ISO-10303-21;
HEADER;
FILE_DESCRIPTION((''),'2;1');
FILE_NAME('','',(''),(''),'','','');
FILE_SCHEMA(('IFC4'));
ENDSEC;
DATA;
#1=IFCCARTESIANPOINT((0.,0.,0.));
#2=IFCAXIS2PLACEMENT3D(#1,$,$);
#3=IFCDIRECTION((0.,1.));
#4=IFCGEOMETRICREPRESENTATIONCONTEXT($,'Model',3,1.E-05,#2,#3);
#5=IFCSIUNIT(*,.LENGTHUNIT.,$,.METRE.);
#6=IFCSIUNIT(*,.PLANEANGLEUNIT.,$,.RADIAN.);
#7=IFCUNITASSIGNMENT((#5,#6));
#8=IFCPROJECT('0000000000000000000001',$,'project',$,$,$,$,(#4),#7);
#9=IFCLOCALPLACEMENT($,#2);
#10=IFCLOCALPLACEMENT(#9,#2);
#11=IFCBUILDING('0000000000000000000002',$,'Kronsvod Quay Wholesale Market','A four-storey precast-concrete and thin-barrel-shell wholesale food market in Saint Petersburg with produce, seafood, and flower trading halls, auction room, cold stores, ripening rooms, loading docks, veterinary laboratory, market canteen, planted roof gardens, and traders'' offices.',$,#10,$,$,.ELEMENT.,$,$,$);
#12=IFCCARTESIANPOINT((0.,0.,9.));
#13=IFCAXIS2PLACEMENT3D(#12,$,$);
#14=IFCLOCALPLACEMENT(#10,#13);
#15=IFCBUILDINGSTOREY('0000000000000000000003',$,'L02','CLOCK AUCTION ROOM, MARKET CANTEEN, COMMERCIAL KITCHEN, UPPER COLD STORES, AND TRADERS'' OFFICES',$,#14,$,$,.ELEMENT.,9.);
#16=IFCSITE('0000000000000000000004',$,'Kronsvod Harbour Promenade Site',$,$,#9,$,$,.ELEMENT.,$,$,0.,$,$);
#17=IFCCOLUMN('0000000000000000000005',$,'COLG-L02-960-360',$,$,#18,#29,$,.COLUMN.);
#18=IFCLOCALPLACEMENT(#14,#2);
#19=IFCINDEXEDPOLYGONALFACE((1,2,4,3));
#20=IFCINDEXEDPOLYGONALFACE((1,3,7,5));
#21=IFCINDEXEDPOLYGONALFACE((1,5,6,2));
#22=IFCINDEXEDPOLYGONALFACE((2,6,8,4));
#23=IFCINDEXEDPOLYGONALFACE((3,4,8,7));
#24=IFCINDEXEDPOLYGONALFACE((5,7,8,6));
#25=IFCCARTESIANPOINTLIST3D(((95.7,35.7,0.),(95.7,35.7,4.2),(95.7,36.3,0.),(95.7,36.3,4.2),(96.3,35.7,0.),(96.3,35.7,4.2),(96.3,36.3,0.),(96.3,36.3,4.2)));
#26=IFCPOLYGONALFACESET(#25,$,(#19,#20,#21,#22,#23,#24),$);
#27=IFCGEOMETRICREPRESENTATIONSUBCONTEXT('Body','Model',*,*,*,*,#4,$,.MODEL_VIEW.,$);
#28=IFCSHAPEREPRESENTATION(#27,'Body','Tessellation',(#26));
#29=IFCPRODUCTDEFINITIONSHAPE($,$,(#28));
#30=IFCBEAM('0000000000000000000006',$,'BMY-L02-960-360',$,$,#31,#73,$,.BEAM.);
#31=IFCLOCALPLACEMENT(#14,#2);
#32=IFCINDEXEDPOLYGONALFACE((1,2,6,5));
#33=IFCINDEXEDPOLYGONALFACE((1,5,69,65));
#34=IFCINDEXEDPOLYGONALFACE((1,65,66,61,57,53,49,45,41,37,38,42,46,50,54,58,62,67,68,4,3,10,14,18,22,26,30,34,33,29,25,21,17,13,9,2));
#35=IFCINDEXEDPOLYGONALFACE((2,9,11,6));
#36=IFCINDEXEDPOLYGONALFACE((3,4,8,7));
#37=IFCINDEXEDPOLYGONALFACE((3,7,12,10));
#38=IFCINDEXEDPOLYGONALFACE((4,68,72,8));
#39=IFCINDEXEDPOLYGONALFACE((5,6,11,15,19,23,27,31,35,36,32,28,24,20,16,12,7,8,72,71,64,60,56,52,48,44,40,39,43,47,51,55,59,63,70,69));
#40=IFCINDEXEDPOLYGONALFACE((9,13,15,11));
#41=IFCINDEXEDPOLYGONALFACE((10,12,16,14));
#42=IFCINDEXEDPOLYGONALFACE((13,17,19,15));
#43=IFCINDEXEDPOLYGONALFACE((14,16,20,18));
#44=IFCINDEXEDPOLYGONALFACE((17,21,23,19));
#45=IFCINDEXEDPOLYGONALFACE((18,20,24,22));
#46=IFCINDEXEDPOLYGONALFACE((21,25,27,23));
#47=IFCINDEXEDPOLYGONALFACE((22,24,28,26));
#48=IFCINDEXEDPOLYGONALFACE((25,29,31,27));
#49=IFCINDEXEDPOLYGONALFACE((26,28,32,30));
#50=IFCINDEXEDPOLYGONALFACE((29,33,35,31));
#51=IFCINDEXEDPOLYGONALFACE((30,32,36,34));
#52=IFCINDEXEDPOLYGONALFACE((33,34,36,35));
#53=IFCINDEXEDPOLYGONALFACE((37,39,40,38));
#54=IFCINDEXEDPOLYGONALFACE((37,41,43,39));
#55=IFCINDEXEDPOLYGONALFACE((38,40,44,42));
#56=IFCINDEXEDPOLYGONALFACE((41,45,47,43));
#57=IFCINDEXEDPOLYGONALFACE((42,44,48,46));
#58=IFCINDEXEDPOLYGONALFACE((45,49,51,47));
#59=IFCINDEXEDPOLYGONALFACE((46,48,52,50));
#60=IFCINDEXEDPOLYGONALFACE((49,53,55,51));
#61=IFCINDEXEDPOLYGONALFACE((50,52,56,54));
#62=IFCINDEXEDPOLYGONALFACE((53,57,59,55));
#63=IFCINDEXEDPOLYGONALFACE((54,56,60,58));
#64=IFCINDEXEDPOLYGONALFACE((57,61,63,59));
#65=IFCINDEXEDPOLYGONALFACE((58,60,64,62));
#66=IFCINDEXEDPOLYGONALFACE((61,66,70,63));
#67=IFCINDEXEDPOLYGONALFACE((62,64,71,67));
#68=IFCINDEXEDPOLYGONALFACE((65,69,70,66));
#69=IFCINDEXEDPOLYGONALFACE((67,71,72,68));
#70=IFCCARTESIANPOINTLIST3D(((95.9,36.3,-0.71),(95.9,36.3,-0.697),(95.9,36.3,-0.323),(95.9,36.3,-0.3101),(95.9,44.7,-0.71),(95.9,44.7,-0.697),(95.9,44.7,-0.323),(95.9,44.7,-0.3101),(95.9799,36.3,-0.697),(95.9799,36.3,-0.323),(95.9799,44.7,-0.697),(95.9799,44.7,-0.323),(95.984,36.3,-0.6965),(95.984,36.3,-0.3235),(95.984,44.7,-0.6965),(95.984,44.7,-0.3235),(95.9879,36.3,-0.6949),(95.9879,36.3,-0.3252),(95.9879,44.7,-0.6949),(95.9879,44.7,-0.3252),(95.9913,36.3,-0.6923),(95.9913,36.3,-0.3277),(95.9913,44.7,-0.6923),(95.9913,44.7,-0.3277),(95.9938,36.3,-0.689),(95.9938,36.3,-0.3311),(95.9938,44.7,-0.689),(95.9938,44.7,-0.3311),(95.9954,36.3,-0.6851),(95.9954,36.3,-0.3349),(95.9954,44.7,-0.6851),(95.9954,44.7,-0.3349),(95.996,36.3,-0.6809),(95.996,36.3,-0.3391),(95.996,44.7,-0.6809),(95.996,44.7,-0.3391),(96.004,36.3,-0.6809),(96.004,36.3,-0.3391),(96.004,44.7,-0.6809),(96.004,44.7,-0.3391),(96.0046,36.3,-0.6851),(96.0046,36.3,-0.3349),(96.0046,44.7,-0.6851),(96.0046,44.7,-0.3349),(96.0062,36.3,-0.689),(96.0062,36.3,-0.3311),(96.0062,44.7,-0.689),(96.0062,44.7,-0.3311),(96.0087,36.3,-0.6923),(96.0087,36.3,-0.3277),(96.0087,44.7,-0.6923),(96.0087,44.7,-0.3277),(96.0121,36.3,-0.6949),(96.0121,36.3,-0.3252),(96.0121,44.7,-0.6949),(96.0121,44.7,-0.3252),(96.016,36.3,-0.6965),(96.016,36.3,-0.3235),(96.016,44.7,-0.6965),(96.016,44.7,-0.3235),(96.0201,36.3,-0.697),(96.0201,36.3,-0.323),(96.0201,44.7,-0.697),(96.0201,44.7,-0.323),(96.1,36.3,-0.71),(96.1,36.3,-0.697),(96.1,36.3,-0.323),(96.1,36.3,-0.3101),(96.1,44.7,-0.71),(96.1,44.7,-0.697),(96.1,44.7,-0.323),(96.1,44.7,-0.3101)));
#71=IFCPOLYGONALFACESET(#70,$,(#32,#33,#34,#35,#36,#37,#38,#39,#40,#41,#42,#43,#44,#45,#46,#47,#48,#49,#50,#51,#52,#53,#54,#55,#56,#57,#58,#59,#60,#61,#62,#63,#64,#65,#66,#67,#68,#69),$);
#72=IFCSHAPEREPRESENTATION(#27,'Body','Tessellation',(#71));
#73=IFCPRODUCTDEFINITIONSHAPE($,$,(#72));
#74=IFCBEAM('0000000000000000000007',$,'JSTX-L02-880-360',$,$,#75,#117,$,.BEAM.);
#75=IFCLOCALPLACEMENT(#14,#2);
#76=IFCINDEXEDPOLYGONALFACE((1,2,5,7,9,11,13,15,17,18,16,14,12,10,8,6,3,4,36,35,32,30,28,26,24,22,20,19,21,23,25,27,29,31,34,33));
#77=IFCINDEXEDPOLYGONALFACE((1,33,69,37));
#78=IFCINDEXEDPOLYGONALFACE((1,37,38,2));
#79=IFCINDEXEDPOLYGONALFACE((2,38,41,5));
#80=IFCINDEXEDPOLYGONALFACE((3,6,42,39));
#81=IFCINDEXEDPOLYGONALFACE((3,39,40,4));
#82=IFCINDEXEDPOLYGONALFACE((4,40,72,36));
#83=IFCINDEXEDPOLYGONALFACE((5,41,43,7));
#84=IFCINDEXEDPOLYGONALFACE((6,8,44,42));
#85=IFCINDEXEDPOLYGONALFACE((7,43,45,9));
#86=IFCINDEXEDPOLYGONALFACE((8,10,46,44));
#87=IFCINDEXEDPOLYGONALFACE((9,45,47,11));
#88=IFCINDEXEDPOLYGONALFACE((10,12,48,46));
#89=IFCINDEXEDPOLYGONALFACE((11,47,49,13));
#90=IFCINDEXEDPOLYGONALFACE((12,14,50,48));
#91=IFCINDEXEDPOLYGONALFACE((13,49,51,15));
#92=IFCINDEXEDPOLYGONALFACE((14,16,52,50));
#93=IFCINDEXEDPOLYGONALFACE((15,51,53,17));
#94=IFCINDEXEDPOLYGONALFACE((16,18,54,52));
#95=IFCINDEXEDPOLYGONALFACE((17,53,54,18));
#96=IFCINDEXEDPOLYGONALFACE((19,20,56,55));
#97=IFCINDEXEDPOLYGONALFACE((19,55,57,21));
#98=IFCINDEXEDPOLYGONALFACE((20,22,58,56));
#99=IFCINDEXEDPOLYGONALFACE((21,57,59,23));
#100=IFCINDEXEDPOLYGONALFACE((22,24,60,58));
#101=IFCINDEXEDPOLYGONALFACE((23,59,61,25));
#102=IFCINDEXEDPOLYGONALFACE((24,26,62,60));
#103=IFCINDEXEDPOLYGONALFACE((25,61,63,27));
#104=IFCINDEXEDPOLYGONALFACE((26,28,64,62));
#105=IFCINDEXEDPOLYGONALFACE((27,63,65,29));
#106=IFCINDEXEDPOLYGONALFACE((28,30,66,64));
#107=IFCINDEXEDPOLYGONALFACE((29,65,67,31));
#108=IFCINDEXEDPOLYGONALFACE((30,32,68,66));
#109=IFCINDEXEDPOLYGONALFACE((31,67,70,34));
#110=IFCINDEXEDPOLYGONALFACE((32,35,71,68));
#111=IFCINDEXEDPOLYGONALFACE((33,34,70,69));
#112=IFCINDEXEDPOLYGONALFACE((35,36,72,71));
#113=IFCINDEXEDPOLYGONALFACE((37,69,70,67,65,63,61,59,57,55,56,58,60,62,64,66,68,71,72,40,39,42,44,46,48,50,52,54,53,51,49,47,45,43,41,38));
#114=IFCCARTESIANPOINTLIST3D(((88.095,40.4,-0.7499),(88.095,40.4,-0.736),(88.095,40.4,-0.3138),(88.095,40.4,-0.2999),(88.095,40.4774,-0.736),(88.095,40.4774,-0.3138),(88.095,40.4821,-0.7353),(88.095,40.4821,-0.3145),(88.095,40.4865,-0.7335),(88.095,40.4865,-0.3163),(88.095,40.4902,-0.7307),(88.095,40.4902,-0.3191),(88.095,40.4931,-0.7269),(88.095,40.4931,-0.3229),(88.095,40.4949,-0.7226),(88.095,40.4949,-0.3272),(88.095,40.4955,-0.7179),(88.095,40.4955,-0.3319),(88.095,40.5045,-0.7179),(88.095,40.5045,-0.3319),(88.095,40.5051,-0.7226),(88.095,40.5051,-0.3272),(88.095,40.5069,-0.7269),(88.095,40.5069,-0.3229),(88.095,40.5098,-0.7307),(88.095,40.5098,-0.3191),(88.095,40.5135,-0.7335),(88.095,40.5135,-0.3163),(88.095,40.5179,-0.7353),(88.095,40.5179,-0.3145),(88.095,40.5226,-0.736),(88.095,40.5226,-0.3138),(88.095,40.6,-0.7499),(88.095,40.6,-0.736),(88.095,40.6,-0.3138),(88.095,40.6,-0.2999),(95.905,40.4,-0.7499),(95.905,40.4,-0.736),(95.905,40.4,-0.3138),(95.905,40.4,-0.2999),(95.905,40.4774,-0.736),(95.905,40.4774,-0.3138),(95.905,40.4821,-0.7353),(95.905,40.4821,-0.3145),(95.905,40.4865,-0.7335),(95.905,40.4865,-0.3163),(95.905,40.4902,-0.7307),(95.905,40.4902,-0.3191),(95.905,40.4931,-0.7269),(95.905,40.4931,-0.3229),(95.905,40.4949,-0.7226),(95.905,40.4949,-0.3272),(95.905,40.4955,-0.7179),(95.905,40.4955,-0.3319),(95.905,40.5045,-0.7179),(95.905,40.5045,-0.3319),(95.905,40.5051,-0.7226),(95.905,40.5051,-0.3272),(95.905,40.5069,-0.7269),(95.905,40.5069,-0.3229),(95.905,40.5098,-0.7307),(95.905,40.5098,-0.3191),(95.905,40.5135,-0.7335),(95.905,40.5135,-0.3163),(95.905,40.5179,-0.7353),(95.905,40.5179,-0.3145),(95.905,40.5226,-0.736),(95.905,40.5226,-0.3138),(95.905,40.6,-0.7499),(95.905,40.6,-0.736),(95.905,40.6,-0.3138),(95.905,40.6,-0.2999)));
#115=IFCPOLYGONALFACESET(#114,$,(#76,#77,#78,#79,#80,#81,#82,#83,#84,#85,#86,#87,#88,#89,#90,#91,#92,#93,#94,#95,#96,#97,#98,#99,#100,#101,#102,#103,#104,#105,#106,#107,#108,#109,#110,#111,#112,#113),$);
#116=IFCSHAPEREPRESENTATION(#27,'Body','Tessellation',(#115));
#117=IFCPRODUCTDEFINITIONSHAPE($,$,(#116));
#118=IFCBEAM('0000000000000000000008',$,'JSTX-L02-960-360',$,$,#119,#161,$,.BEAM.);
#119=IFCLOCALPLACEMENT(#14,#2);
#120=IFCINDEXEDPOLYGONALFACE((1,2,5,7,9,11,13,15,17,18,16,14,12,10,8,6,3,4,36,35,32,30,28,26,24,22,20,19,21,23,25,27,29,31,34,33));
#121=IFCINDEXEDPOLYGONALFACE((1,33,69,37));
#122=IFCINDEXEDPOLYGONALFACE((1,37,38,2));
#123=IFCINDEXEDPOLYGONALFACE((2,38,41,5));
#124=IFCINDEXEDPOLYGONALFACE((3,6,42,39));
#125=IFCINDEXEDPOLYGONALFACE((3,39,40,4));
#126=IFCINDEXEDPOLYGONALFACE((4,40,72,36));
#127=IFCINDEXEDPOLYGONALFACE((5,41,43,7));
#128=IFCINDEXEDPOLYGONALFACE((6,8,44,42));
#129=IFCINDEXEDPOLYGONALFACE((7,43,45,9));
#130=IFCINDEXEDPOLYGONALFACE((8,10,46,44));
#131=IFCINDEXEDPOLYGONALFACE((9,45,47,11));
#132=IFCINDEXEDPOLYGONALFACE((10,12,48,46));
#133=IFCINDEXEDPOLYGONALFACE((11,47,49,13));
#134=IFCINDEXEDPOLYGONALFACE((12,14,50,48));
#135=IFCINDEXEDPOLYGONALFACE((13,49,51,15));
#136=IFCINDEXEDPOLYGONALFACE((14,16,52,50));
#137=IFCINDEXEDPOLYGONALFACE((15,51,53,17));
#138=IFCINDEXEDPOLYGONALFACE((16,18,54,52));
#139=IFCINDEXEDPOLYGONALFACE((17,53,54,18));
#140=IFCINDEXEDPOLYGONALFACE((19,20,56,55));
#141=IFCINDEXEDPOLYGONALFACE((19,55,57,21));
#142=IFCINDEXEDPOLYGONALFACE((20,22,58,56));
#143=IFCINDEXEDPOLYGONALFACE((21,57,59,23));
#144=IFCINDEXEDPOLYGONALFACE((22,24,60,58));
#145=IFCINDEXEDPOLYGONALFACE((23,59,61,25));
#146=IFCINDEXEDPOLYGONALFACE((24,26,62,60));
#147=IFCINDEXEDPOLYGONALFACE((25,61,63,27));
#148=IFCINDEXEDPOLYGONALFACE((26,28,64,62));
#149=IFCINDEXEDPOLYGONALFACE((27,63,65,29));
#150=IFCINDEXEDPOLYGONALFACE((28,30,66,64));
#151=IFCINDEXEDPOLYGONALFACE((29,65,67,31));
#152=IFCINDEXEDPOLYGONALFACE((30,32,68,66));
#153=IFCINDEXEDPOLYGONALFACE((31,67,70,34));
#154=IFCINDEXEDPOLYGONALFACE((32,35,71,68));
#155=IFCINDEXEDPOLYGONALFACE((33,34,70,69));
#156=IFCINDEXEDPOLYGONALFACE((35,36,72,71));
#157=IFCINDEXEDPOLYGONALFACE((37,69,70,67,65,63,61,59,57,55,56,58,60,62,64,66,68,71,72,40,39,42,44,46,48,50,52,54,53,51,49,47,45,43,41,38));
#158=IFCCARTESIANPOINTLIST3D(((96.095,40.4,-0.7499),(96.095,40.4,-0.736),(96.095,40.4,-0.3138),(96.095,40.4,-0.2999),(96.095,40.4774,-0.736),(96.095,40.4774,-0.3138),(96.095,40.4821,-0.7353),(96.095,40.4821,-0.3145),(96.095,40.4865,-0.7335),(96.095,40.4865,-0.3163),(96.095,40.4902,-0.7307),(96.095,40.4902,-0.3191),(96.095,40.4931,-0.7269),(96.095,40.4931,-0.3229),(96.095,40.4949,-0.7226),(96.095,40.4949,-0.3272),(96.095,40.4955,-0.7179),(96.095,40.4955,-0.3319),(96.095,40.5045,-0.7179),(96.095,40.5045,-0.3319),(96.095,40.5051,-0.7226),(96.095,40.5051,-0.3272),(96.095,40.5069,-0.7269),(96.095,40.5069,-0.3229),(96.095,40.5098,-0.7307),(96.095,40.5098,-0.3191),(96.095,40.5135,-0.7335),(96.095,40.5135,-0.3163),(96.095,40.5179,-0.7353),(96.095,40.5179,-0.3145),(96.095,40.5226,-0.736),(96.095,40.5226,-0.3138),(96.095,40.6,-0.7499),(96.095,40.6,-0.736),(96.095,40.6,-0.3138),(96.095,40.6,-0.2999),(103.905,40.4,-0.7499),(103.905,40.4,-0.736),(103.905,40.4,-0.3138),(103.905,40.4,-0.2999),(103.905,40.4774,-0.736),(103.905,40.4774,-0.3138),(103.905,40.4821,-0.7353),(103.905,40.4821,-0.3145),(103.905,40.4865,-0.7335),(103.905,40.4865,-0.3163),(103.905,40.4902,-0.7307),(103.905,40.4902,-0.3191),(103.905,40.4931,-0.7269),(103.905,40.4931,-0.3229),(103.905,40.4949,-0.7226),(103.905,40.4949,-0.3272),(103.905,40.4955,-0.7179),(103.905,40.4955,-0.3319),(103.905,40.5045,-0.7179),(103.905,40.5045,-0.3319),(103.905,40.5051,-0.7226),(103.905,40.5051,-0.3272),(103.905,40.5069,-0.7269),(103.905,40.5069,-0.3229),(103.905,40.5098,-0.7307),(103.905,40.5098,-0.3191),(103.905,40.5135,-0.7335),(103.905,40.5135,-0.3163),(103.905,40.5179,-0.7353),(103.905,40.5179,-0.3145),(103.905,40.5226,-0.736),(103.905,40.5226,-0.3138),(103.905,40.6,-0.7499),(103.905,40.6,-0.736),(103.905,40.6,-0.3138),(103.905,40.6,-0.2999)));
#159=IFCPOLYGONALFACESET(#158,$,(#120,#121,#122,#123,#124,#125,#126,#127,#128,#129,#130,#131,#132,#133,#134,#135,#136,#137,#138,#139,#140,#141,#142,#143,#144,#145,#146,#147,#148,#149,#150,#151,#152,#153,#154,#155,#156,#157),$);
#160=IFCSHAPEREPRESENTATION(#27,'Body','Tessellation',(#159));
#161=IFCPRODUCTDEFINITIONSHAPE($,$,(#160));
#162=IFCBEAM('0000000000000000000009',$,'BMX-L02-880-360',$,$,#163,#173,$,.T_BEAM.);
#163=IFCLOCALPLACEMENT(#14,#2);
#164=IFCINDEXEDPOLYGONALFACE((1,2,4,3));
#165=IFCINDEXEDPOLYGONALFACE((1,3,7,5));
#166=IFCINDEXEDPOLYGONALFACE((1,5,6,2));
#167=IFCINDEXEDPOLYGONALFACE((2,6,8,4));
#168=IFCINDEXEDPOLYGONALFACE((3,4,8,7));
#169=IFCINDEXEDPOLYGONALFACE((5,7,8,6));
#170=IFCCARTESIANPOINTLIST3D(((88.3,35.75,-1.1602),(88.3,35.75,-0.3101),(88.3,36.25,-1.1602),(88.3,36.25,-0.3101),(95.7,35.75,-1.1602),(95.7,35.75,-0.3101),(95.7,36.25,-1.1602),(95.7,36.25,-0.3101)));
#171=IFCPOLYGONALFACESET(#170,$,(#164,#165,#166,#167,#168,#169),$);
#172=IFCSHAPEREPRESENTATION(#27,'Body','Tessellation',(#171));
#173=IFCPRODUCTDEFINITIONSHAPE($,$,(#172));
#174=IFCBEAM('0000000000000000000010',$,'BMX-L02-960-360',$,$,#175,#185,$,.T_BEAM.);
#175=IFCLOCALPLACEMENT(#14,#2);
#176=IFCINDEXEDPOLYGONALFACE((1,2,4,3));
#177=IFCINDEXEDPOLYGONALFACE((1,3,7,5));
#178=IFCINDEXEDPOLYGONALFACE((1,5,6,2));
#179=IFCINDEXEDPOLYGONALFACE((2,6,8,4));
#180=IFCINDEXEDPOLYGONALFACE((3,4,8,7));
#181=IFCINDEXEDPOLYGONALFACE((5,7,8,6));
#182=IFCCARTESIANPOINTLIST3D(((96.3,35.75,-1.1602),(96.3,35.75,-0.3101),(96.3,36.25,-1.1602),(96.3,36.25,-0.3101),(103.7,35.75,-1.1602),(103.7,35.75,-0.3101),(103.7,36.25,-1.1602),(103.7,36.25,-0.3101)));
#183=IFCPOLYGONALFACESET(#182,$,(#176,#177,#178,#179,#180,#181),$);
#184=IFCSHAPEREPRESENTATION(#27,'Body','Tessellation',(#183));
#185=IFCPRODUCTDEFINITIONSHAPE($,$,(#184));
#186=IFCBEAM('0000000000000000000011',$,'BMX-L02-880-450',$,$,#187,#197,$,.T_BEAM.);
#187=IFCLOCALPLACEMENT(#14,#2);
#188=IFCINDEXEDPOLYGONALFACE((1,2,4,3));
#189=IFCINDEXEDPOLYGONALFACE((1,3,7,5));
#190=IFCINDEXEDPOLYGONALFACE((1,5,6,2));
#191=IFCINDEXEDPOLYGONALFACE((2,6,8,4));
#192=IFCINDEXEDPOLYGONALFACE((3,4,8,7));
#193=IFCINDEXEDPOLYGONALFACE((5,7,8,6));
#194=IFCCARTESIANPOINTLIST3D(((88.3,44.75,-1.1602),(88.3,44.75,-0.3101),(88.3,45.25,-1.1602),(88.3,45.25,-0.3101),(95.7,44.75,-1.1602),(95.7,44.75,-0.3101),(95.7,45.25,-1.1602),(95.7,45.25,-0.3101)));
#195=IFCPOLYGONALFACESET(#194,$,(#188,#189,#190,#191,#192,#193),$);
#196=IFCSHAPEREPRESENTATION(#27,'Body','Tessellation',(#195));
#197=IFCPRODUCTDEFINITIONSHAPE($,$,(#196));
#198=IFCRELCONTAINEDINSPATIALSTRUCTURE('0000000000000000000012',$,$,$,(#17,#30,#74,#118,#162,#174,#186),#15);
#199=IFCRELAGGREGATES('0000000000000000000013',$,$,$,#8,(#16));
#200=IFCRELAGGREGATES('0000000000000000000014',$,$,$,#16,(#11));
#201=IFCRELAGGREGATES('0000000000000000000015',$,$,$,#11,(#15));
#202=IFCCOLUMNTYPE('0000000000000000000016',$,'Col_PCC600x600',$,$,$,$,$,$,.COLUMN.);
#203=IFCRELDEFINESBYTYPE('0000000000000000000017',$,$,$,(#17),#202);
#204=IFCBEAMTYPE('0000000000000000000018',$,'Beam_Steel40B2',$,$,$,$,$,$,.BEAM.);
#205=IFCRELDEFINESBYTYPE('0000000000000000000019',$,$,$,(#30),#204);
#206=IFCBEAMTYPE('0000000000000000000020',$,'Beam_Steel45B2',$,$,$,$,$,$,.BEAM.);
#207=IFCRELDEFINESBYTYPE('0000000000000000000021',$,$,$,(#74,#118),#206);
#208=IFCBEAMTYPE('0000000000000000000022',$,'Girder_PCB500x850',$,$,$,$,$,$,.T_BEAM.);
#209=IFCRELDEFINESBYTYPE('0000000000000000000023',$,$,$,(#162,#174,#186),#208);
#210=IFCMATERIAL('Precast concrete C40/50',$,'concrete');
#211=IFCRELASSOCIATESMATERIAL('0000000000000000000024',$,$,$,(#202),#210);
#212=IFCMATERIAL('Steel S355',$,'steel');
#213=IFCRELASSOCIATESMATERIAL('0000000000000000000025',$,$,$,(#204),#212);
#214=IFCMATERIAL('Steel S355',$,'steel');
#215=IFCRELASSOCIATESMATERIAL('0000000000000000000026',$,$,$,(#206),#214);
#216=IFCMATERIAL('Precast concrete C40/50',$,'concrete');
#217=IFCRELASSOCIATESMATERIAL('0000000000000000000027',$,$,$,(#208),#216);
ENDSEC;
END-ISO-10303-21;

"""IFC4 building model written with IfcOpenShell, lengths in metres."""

from ifc_helpers import new_model, si_unit, direction, frame, origin, origin_2d, place, context, subcontext, project, spatial, rectangle, i_section, extrude, material, material_profile, profile_set, type_object, element, save


model = new_model("IFC4")

# Units and contexts
model_context = context("Model", 3, precision=1e-05, world=origin(), true_north=direction((0.0, 1.0)))
body_context = subcontext(model_context, "Body", "Model", "MODEL_VIEW")
ifc_project = project(units=[si_unit("LENGTHUNIT", "METRE"), si_unit("PLANEANGLEUNIT", "RADIAN")], contexts=[model_context])

# Site, building, storey
site_placement = place(None, origin())
site = spatial("IfcSite", under=ifc_project, at=site_placement, Name="Kronsvod Harbour Promenade Site", CompositionType="ELEMENT", RefElevation=0.0)
building_placement = place(site_placement, origin())
building = spatial("IfcBuilding", under=site, at=building_placement, Name="Kronsvod Quay Wholesale Market", Description="A four-storey precast-concrete and thin-barrel-shell wholesale food market in Saint Petersburg with produce, seafood, and flower trading halls, auction room, cold stores, ripening rooms, loading docks, veterinary laboratory, market canteen, planted roof gardens, and traders' offices.", CompositionType="ELEMENT")
storey_placement = place(building_placement, frame((0.0, 0.0, 9.0)))
storey = spatial("IfcBuildingStorey", under=building, at=storey_placement, Name="L02", Description="CLOCK AUCTION ROOM, MARKET CANTEEN, COMMERCIAL KITCHEN, UPPER COLD STORES, AND TRADERS' OFFICES", CompositionType="ELEMENT", Elevation=9.0)

# Column
ifc_material_1 = material(Name="Precast concrete C40/50", Category="concrete")
ifc_material_profile_1 = material_profile(ifc_material_1, rectangle(XDim=0.6001, YDim=0.6001, at=origin_2d()), Name="PCC600x600")
ifc_profile_set_1 = profile_set([ifc_material_profile_1], Name="Precast concrete C40/50")
column_type = type_object("IfcColumnType", Name="Col_PCC600x600", PredefinedType="COLUMN", material=ifc_profile_set_1)
column_placement = place(storey_placement, frame((96.0, 36.0, 0.0), z_axis=(0.0, 0.0, 1.0), x_axis=(1.0, 0.0, 0.0)))
element("IfcColumn", 1, at=column_placement, inside=storey, type_object=column_type, Name="COLG-L02-960-360", PredefinedType="COLUMN", context=body_context, shape_type="SweptSolid", body=[
    extrude(rectangle(XDim=0.6001, YDim=0.6001, at=origin_2d()), origin(), (0.0, 0.0, 1.0), 4.2),
])

# Beams
ifc_material_2 = material(Name="Steel S355", Category="steel")
ifc_material_profile_2 = material_profile(ifc_material_2, i_section(OverallWidth=0.2, OverallDepth=0.3999, WebThickness=0.0081, FlangeThickness=0.0129, FilletRadius=0.0161, at=origin_2d()), Name="40B2")
ifc_profile_set_2 = profile_set([ifc_material_profile_2], Name="Steel S355")
beam_type_1 = type_object("IfcBeamType", Name="Beam_Steel40B2", PredefinedType="BEAM", material=ifc_profile_set_2)
beam_placement = place(storey_placement, frame((96.0, 36.3, -0.51), z_axis=(0.0, 1.0, 0.0), x_axis=(-1.0, 0.0, 0.0)))
element("IfcBeam", 2, at=beam_placement, inside=storey, type_object=beam_type_1, Name="BMY-L02-960-360", PredefinedType="BEAM", context=body_context, shape_type="SweptSolid", body=[
    extrude(i_section(OverallWidth=0.2, OverallDepth=0.3999, WebThickness=0.0081, FlangeThickness=0.0129, FilletRadius=0.0161, at=origin_2d()), origin(), (0.0, 0.0, 1.0), 8.3999),
])
ifc_material_3 = material(Name="Steel S355", Category="steel")
ifc_material_profile_3 = material_profile(ifc_material_3, i_section(OverallWidth=0.2, OverallDepth=0.45, WebThickness=0.009, FlangeThickness=0.0139, FilletRadius=0.0181, at=origin_2d()), Name="45B2")
ifc_profile_set_3 = profile_set([ifc_material_profile_3], Name="Steel S355")
beam_type_2 = type_object("IfcBeamType", Name="Beam_Steel45B2", PredefinedType="BEAM", material=ifc_profile_set_3)
for number, where, z_axis, x_axis, name in (
    (3, (88.095, 40.5, -0.5249), (1.0, 0.0, 0.0), (0.0, 1.0, 0.0), "JSTX-L02-880-360"),
    (4, (96.095, 40.5, -0.5249), (1.0, 0.0, 0.0), (0.0, 1.0, 0.0), "JSTX-L02-960-360"),
):
    element("IfcBeam", number, at=place(storey_placement, frame(where, z_axis=z_axis, x_axis=x_axis)), inside=storey, type_object=beam_type_2, Name=name, PredefinedType="BEAM", context=body_context, shape_type="SweptSolid", body=[
        extrude(i_section(OverallWidth=0.2, OverallDepth=0.45, WebThickness=0.009, FlangeThickness=0.0139, FilletRadius=0.0181, at=origin_2d()), origin(), (0.0, 0.0, 1.0), 7.8101),
    ])
ifc_material_4 = material(Name="Precast concrete C40/50", Category="concrete")
ifc_material_profile_4 = material_profile(ifc_material_4, rectangle(XDim=0.5, YDim=0.8501, at=origin_2d()), Name="PCB500x850")
ifc_profile_set_4 = profile_set([ifc_material_profile_4], Name="Precast concrete C40/50")
beam_type_3 = type_object("IfcBeamType", Name="Girder_PCB500x850", PredefinedType="T_BEAM", material=ifc_profile_set_4)
for number, where, z_axis, x_axis, name in (
    (5, (88.3, 36.0, -0.7351), (1.0, 0.0, 0.0), (0.0, 1.0, 0.0), "BMX-L02-880-360"),
    (6, (96.3, 36.0, -0.7351), (1.0, 0.0, 0.0), (0.0, 1.0, 0.0), "BMX-L02-960-360"),
    (7, (88.3, 45.0, -0.7351), (1.0, 0.0, 0.0), (0.0, 1.0, 0.0), "BMX-L02-880-450"),
):
    element("IfcBeam", number, at=place(storey_placement, frame(where, z_axis=z_axis, x_axis=x_axis)), inside=storey, type_object=beam_type_3, Name=name, PredefinedType="T_BEAM", context=body_context, shape_type="SweptSolid", body=[
        extrude(rectangle(XDim=0.5, YDim=0.8501, at=origin_2d()), origin(), (0.0, 0.0, 1.0), 7.3999),
    ])

save(model, "model.ifc")
